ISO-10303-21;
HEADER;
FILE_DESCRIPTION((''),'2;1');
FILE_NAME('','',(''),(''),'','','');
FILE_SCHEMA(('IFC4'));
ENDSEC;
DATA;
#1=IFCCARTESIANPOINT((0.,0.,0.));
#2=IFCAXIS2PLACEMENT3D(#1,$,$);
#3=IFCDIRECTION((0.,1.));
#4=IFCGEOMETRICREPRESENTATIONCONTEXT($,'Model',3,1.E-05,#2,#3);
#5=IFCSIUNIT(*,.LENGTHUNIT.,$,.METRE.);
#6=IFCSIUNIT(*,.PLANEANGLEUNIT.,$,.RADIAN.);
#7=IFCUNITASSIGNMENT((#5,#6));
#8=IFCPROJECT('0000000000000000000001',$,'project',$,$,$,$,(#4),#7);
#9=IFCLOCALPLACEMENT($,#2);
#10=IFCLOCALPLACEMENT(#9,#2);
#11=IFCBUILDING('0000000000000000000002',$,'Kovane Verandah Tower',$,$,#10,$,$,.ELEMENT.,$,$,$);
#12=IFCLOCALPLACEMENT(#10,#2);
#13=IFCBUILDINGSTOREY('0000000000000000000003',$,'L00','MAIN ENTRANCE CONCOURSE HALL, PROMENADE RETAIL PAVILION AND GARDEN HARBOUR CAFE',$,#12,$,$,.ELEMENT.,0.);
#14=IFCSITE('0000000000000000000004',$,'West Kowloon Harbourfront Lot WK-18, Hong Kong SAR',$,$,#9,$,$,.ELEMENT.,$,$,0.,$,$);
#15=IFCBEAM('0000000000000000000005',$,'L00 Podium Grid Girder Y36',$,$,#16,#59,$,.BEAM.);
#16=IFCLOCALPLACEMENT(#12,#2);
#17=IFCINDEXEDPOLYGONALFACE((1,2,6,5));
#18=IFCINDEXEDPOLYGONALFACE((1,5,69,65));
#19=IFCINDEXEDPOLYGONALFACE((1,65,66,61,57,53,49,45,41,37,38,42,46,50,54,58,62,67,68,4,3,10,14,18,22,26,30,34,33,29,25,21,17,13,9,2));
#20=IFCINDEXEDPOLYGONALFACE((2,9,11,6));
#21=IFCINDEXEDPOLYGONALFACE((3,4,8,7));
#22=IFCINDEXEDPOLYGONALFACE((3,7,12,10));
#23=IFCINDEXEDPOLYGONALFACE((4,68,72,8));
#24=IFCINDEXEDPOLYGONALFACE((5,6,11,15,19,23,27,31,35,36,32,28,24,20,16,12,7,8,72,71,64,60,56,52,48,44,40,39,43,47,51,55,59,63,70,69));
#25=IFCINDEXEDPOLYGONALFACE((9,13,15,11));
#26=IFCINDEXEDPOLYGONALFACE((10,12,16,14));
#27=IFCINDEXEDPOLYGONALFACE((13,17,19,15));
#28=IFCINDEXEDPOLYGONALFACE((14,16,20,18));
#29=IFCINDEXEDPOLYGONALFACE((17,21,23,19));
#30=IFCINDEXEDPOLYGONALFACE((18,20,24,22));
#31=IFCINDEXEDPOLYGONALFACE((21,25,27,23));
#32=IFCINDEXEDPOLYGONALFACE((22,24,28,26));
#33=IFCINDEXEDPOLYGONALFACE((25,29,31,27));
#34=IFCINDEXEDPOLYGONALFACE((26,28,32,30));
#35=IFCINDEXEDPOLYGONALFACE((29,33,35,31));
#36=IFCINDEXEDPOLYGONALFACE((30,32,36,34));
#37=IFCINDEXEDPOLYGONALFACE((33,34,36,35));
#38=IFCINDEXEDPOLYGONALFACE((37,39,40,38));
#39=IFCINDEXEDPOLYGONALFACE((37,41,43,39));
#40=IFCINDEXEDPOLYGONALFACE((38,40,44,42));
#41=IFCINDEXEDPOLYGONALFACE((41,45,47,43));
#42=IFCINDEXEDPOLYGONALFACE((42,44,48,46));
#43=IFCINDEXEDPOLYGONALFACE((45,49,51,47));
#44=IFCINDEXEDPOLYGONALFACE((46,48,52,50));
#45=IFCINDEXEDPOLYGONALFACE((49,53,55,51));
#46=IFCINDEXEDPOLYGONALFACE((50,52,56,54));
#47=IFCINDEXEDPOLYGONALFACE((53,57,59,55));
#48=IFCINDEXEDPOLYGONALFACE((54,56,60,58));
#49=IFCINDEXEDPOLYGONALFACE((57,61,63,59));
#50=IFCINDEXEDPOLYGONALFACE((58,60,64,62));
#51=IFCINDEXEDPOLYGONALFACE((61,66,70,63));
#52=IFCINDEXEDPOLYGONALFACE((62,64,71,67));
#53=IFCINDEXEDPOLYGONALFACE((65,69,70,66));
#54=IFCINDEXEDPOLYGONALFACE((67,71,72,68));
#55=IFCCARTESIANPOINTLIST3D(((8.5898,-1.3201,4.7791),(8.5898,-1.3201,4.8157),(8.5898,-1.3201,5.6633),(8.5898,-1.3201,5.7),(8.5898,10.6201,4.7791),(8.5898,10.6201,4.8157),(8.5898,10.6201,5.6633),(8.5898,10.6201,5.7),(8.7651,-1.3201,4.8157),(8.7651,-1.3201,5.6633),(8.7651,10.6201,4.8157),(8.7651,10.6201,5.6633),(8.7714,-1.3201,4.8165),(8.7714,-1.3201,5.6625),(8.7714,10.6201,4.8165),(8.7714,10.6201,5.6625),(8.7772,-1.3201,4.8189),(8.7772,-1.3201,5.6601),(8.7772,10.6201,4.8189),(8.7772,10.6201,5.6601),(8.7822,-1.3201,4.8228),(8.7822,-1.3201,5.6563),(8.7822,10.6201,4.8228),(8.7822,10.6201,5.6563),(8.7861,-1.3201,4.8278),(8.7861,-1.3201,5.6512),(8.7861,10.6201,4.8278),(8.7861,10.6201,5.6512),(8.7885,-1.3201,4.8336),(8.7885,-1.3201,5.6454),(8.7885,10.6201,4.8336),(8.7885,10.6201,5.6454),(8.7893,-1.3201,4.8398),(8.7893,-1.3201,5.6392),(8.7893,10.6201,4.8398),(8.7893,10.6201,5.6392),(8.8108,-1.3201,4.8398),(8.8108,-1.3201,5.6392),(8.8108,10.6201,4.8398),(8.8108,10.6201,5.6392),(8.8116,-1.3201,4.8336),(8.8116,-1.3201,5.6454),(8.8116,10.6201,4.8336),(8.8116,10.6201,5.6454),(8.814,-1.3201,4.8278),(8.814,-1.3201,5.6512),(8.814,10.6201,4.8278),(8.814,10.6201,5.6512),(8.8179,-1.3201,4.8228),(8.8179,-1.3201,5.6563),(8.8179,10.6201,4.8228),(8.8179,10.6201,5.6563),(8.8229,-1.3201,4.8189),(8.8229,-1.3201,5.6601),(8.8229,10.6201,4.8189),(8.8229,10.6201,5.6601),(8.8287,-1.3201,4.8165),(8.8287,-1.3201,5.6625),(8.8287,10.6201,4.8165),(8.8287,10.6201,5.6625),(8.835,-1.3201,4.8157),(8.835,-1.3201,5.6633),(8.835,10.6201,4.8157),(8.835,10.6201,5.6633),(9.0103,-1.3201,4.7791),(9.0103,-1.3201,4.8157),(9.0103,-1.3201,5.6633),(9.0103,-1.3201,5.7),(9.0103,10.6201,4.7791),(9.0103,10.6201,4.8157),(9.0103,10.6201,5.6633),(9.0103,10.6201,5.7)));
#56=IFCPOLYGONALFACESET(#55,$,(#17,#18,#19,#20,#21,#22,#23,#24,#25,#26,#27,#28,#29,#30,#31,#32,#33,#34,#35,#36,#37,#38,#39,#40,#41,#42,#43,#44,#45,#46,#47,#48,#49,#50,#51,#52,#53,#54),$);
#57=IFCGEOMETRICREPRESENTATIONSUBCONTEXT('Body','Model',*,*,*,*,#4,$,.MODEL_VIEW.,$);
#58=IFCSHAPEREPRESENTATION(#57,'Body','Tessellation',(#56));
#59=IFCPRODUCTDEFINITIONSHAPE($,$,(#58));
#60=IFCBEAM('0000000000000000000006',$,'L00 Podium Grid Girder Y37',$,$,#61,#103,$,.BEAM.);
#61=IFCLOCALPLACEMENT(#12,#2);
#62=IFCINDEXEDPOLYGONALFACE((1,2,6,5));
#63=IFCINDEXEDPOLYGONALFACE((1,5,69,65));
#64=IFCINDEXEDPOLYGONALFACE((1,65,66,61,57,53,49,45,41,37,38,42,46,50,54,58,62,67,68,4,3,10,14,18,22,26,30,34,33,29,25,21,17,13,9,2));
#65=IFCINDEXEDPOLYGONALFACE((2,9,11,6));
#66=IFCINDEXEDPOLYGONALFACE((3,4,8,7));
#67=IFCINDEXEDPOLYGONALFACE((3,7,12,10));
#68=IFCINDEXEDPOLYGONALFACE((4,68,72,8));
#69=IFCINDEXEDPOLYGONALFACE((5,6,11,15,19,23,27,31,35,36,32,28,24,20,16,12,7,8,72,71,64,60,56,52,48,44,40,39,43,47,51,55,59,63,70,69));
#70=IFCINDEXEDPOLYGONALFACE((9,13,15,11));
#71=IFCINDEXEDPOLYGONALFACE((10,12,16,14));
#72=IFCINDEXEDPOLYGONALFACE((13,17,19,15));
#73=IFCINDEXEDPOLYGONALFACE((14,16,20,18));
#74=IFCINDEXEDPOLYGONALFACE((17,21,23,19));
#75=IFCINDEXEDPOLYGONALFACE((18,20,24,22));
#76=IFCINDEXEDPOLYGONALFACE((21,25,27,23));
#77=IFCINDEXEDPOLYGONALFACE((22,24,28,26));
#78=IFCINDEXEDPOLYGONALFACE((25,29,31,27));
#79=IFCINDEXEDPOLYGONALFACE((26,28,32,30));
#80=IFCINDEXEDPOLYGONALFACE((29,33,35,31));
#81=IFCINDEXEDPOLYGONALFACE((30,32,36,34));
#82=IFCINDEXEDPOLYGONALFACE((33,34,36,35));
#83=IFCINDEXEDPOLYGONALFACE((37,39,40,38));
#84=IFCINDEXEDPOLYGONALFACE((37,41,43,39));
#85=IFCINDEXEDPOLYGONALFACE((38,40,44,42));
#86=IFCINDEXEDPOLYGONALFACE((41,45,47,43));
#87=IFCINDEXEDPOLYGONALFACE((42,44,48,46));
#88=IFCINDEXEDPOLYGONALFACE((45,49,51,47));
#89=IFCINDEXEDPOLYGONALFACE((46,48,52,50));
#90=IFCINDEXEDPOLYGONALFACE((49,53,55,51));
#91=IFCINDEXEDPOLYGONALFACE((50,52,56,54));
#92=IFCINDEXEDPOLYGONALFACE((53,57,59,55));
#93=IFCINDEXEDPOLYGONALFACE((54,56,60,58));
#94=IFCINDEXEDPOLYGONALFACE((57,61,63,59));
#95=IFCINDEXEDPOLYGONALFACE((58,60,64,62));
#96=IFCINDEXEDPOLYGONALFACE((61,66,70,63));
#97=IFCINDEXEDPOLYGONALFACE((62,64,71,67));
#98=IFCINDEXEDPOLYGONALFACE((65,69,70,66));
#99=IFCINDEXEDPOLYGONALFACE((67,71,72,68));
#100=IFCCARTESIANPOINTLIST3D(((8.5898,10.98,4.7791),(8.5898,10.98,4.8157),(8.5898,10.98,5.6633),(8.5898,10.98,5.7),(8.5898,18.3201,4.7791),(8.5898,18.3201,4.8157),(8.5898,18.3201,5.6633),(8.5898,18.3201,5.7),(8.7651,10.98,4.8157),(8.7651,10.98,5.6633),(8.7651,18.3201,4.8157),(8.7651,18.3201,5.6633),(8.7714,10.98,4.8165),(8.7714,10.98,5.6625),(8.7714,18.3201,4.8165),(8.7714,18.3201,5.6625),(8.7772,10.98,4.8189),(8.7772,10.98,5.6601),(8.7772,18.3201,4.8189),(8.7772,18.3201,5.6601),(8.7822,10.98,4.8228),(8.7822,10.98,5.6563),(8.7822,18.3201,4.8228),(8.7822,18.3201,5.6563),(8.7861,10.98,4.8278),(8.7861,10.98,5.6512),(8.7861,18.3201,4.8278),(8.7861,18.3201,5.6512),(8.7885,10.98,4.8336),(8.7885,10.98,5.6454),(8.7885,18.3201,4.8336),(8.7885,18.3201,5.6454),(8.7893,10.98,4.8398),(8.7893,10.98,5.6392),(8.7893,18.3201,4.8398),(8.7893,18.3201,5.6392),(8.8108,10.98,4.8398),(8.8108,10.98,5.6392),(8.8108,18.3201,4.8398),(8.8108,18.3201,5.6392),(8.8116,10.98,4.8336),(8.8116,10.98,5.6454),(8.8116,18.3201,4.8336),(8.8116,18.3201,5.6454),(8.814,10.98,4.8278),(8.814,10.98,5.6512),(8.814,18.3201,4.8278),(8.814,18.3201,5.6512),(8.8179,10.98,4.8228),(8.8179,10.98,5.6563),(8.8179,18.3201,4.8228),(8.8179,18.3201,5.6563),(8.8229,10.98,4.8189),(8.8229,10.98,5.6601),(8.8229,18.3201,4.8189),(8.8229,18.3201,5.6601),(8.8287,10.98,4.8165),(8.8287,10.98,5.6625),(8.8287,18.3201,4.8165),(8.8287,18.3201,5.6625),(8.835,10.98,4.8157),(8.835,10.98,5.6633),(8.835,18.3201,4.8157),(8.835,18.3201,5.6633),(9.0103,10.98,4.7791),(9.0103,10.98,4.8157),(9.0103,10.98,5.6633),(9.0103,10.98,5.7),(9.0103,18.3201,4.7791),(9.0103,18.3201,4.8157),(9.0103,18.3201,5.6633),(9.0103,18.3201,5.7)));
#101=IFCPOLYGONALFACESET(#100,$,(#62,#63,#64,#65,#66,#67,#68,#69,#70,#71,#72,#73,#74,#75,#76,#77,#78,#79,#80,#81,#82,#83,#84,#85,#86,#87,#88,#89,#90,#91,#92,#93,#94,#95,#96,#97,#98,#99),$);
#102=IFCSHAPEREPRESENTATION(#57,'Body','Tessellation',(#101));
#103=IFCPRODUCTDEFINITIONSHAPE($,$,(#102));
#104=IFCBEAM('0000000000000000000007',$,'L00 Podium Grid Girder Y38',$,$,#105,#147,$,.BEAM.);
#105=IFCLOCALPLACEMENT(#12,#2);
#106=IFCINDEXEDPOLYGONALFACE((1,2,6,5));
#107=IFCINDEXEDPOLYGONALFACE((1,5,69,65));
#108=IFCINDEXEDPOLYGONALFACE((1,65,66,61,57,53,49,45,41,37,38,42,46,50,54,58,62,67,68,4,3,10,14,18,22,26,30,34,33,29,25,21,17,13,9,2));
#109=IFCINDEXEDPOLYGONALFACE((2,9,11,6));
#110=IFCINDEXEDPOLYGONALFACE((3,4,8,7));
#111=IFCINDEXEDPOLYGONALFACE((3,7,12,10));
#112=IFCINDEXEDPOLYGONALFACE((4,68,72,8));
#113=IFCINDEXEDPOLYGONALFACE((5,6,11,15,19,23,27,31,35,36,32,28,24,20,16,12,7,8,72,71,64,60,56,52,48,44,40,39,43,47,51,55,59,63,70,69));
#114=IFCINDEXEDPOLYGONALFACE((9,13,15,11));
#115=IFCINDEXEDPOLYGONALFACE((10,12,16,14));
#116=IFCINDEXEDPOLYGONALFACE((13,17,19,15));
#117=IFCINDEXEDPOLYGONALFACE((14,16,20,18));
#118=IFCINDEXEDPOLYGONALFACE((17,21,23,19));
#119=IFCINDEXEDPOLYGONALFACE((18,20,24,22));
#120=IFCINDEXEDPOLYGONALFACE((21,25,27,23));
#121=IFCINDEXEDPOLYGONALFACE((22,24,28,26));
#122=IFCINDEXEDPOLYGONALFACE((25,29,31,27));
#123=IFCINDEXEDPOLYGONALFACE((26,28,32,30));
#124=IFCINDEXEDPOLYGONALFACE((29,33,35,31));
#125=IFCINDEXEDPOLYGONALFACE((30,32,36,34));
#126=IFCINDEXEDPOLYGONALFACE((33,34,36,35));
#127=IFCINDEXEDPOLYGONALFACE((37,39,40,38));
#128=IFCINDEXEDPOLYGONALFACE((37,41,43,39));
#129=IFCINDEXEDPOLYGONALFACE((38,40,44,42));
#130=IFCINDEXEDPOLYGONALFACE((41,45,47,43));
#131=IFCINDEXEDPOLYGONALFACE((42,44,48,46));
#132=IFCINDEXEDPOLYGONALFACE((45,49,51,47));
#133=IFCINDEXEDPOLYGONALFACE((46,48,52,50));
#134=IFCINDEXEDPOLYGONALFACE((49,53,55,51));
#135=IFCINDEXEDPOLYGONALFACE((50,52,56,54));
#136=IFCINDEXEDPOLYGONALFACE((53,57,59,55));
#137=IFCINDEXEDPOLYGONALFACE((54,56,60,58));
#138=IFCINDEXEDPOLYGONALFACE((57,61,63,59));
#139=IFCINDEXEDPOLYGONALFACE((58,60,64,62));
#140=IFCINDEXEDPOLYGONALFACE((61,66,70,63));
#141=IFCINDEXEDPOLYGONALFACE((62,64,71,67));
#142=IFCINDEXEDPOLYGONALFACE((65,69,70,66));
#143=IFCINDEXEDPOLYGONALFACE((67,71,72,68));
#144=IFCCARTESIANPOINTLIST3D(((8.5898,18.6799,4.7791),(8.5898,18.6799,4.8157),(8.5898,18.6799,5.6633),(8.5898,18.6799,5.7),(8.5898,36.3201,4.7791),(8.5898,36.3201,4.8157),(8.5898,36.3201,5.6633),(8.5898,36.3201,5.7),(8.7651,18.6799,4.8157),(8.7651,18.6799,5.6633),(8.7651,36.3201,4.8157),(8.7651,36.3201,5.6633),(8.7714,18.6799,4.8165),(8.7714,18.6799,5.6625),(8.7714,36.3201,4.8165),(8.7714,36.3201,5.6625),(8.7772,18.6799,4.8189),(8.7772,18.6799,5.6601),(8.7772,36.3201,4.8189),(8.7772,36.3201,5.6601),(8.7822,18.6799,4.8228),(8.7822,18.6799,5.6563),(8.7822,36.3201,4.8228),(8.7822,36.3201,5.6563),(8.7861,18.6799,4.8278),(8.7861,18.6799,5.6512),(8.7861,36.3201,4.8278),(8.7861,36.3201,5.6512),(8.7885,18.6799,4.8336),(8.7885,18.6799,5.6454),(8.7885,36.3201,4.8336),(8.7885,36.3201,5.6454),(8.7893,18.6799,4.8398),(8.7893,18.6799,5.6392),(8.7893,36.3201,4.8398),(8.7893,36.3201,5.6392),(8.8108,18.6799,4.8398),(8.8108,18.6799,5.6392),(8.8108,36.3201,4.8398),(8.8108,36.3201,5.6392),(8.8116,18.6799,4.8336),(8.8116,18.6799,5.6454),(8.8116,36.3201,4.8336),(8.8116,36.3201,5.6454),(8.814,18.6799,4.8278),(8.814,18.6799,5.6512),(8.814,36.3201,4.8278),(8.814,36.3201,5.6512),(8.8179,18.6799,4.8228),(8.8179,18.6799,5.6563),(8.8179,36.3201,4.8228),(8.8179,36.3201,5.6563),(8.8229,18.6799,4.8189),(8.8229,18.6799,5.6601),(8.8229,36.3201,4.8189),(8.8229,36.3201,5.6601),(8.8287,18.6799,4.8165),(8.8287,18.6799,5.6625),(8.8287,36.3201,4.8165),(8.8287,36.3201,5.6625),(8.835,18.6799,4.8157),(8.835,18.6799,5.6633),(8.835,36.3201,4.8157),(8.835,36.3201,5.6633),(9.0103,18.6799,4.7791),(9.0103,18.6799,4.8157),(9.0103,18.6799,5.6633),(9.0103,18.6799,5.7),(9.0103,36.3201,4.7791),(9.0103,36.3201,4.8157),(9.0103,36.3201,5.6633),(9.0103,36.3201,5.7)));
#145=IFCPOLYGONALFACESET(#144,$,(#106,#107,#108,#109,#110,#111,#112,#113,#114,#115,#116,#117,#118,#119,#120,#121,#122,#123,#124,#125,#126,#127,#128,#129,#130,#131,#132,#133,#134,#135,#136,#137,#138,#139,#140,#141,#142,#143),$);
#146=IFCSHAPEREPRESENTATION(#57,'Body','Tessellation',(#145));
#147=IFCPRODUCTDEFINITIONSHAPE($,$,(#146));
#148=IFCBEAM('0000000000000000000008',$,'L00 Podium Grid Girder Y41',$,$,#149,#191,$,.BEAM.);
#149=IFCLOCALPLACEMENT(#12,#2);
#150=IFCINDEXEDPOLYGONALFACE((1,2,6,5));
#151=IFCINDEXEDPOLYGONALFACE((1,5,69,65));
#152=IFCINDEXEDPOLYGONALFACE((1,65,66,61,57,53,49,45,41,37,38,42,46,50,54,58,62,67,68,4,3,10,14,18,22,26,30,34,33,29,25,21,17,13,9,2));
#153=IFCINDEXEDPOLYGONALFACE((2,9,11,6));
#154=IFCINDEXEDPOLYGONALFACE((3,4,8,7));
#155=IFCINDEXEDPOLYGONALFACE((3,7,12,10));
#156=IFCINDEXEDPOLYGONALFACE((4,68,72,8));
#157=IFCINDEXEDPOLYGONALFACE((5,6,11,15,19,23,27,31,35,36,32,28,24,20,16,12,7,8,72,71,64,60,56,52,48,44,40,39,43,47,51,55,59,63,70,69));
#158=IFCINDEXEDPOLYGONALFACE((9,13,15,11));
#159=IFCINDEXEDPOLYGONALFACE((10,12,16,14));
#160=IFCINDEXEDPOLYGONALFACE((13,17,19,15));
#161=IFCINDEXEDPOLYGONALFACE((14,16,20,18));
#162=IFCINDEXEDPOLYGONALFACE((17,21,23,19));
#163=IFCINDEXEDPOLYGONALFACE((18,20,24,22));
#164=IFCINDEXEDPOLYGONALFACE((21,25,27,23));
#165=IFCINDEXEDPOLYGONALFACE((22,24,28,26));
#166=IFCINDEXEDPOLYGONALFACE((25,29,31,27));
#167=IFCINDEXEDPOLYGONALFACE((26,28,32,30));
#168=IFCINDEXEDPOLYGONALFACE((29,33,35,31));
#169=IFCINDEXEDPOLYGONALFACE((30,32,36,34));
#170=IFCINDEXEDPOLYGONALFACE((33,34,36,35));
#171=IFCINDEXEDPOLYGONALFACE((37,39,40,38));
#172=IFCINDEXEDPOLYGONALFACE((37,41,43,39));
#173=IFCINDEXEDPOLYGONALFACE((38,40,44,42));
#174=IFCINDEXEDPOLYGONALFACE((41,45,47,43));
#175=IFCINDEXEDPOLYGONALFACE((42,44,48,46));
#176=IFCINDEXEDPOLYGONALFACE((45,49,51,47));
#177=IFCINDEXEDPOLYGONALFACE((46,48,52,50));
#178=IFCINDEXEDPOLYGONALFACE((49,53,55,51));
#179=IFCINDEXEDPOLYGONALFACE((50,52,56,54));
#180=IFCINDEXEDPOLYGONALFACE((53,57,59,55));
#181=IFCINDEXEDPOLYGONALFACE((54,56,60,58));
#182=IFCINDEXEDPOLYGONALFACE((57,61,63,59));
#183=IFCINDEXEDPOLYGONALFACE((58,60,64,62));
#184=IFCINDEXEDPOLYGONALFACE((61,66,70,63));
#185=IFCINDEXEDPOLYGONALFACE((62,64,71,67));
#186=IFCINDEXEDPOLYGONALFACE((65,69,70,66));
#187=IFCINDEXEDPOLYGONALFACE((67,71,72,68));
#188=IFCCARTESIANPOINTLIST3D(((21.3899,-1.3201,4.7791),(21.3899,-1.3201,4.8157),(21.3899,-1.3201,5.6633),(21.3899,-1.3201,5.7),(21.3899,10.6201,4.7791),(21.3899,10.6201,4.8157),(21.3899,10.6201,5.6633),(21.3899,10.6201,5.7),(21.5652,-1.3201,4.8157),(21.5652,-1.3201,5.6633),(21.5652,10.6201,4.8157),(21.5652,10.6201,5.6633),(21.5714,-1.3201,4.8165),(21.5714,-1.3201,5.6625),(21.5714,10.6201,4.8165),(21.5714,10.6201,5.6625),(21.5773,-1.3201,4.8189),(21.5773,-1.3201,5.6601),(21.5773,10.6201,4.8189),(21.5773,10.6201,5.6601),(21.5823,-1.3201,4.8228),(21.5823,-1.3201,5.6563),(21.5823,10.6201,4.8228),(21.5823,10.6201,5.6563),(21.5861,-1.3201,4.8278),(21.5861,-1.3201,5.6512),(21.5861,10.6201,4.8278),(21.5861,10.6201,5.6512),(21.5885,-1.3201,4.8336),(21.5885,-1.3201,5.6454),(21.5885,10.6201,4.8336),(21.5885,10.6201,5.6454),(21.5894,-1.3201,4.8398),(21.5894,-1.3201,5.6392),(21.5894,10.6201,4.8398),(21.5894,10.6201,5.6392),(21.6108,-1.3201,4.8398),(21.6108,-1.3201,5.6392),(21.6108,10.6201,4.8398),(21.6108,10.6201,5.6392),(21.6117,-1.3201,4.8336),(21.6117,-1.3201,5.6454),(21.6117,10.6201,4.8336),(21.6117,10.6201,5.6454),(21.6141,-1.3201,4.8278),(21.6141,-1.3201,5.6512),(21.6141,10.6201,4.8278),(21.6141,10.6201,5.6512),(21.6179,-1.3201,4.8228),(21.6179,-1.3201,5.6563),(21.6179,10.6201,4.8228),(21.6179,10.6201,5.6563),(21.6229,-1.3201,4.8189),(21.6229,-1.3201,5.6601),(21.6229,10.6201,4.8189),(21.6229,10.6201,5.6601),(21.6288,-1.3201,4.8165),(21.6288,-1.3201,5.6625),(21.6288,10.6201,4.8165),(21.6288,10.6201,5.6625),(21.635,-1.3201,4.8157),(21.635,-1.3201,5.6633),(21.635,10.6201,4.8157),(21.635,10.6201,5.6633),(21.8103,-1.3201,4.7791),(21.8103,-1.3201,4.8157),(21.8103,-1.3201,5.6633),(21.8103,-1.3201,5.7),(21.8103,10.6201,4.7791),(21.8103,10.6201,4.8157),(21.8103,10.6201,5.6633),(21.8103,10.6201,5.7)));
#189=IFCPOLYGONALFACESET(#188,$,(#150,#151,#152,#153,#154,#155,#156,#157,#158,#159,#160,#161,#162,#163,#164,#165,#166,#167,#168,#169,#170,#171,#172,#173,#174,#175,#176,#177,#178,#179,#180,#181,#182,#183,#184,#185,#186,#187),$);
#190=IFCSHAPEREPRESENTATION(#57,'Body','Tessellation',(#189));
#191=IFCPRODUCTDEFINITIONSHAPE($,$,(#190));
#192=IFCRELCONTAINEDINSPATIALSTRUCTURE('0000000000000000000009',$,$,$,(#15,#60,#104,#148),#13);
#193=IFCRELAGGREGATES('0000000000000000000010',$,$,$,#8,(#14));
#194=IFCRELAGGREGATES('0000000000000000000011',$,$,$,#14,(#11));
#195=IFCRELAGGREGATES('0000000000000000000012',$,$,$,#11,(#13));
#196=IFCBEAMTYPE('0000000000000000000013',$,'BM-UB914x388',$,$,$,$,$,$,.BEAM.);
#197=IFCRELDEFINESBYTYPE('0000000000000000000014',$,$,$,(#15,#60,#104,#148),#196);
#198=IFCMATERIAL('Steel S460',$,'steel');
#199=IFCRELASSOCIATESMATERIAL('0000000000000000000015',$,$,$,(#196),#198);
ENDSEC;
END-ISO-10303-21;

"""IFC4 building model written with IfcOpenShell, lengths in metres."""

from ifc_helpers import new_model, si_unit, direction, frame, origin, origin_2d, place, context, subcontext, project, spatial, i_section, extrude, material, material_profile, profile_set, type_object, element, save


model = new_model("IFC4")

# Units and contexts
model_context = context("Model", 3, precision=1e-05, world=origin(), true_north=direction((0.0, 1.0)))
body_context = subcontext(model_context, "Body", "Model", "MODEL_VIEW")
ifc_project = project(units=[si_unit("LENGTHUNIT", "METRE"), si_unit("PLANEANGLEUNIT", "RADIAN")], contexts=[model_context])

# Site, building, storey
site_placement = place(None, origin())
site = spatial("IfcSite", under=ifc_project, at=site_placement, Name="West Kowloon Harbourfront Lot WK-18, Hong Kong SAR", CompositionType="ELEMENT", RefElevation=0.0)
building_placement = place(site_placement, origin())
building = spatial("IfcBuilding", under=site, at=building_placement, Name="Kovane Verandah Tower", CompositionType="ELEMENT")
storey_placement = place(building_placement, origin())
storey = spatial("IfcBuildingStorey", under=building, at=storey_placement, Name="L00", Description="MAIN ENTRANCE CONCOURSE HALL, PROMENADE RETAIL PAVILION AND GARDEN HARBOUR CAFE", CompositionType="ELEMENT", Elevation=0.0)

# Shared definitions
ifc_material_1 = material(Name="Steel S460", Category="steel")

# Beams
ifc_material_profile_1 = material_profile(ifc_material_1, i_section(OverallWidth=0.4204, OverallDepth=0.9209, WebThickness=0.0215, FlangeThickness=0.0366, FilletRadius=0.0242, at=origin_2d()), Name="UB914x419x388")
ifc_profile_set_1 = profile_set([ifc_material_profile_1], Name="Steel S460")
beam_type_1 = type_object("IfcBeamType", Name="BM-UB914x388", PredefinedType="BEAM", material=ifc_profile_set_1)
beam_1_placement = place(storey_placement, frame((8.8, -1.3201, 5.2395), z_axis=(0.0, 1.0, 0.0), x_axis=(-1.0, 0.0, 0.0)))
element("IfcBeam", 1, at=beam_1_placement, inside=storey, type_object=beam_type_1, Name="L00 Podium Grid Girder Y36", PredefinedType="BEAM", context=body_context, shape_type="SweptSolid", body=[
    extrude(i_section(OverallWidth=0.4204, OverallDepth=0.9209, WebThickness=0.0215, FlangeThickness=0.0366, FilletRadius=0.0242, at=origin_2d()), origin(), (0.0, 0.0, 1.0), 11.9402),
])
beam_2_placement = place(storey_placement, frame((8.8, 10.98, 5.2395), z_axis=(0.0, 1.0, 0.0), x_axis=(-1.0, 0.0, 0.0)))
element("IfcBeam", 2, at=beam_2_placement, inside=storey, type_object=beam_type_1, Name="L00 Podium Grid Girder Y37", PredefinedType="BEAM", context=body_context, shape_type="SweptSolid", body=[
    extrude(i_section(OverallWidth=0.4204, OverallDepth=0.9209, WebThickness=0.0215, FlangeThickness=0.0366, FilletRadius=0.0242, at=origin_2d()), origin(), (0.0, 0.0, 1.0), 7.3401),
])
beam_3_placement = place(storey_placement, frame((8.8, 18.6799, 5.2395), z_axis=(0.0, 1.0, 0.0), x_axis=(-1.0, 0.0, 0.0)))
element("IfcBeam", 3, at=beam_3_placement, inside=storey, type_object=beam_type_1, Name="L00 Podium Grid Girder Y38", PredefinedType="BEAM", context=body_context, shape_type="SweptSolid", body=[
    extrude(i_section(OverallWidth=0.4204, OverallDepth=0.9209, WebThickness=0.0215, FlangeThickness=0.0366, FilletRadius=0.0242, at=origin_2d()), origin(), (0.0, 0.0, 1.0), 17.6401),
])
beam_4_placement = place(storey_placement, frame((21.6001, -1.3201, 5.2395), z_axis=(0.0, 1.0, 0.0), x_axis=(-1.0, 0.0, 0.0)))
element("IfcBeam", 4, at=beam_4_placement, inside=storey, type_object=beam_type_1, Name="L00 Podium Grid Girder Y41", PredefinedType="BEAM", context=body_context, shape_type="SweptSolid", body=[
    extrude(i_section(OverallWidth=0.4204, OverallDepth=0.9209, WebThickness=0.0215, FlangeThickness=0.0366, FilletRadius=0.0242, at=origin_2d()), origin(), (0.0, 0.0, 1.0), 11.9402),
])

save(model, "model.ifc")
